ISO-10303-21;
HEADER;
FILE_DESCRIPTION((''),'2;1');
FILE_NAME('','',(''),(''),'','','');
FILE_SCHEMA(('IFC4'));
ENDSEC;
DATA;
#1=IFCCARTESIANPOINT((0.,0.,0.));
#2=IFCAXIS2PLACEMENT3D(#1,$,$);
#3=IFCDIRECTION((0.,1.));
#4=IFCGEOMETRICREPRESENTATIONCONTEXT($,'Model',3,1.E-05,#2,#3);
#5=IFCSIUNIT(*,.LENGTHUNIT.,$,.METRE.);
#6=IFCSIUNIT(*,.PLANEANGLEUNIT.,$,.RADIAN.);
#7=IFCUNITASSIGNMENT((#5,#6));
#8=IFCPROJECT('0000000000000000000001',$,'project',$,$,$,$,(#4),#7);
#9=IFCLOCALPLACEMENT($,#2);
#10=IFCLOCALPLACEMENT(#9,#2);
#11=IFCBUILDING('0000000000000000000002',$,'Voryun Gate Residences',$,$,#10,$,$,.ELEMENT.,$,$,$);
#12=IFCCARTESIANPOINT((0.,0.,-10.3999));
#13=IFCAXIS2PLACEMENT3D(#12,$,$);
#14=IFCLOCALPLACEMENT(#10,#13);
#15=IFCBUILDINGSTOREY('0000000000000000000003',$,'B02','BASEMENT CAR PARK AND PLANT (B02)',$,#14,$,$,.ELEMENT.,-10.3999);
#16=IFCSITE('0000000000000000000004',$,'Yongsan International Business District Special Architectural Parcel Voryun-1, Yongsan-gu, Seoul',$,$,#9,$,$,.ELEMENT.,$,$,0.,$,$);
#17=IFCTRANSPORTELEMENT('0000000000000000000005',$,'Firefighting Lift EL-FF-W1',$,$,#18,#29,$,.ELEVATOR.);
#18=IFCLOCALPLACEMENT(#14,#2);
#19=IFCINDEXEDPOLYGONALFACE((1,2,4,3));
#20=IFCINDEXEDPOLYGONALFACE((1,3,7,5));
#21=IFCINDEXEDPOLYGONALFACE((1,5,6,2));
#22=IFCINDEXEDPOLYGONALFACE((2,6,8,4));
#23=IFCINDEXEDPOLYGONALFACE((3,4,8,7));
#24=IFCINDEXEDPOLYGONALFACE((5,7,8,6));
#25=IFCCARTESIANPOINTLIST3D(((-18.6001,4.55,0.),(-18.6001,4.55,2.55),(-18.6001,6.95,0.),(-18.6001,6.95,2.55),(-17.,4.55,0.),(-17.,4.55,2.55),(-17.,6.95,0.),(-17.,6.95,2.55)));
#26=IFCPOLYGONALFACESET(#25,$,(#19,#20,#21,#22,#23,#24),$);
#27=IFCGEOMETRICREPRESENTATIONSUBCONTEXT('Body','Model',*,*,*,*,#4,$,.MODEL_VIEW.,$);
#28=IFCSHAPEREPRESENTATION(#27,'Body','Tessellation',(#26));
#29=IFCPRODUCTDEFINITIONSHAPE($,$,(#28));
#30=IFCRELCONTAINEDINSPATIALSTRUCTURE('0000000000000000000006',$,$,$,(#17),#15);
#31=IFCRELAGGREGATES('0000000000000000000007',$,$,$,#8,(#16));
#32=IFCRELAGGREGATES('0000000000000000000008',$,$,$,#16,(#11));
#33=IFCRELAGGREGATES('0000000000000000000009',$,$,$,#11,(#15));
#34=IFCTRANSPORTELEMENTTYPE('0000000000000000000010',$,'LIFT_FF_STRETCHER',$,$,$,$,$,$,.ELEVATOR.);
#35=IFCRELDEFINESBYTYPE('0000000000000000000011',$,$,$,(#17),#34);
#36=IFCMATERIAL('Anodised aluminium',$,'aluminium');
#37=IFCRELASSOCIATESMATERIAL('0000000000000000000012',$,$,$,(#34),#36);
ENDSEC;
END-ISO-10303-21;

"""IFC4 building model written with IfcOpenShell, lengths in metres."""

from ifc_helpers import new_model, si_unit, direction, frame, origin, origin_2d, place, context, subcontext, project, spatial, rectangle, extrude, material, type_object, element, save


model = new_model("IFC4")

# Units and contexts
model_context = context("Model", 3, precision=1e-05, world=origin(), true_north=direction((0.0, 1.0)))
body_context = subcontext(model_context, "Body", "Model", "MODEL_VIEW")
ifc_project = project(units=[si_unit("LENGTHUNIT", "METRE"), si_unit("PLANEANGLEUNIT", "RADIAN")], contexts=[model_context])

# Site, building, storey
site_placement = place(None, origin())
site = spatial("IfcSite", under=ifc_project, at=site_placement, Name="Yongsan International Business District Special Architectural Parcel Voryun-1, Yongsan-gu, Seoul", CompositionType="ELEMENT", RefElevation=0.0)
building_placement = place(site_placement, origin())
building = spatial("IfcBuilding", under=site, at=building_placement, Name="Voryun Gate Residences", CompositionType="ELEMENT")
storey_placement = place(building_placement, frame((0.0, 0.0, -10.3999)))
storey = spatial("IfcBuildingStorey", under=building, at=storey_placement, Name="B02", Description="BASEMENT CAR PARK AND PLANT (B02)", CompositionType="ELEMENT", Elevation=-10.3999)

# Transport element
ifc_material_1 = material(Name="Anodised aluminium", Category="aluminium")
transport_element_type = type_object("IfcTransportElementType", Name="LIFT_FF_STRETCHER", PredefinedType="ELEVATOR", material=ifc_material_1)
transport_element_placement = place(storey_placement, frame((-17.8, 5.75, 0.0), z_axis=(0.0, 0.0, 1.0), x_axis=(1.0, 0.0, 0.0)))
element("IfcTransportElement", 1, at=transport_element_placement, inside=storey, type_object=transport_element_type, Name="Firefighting Lift EL-FF-W1", PredefinedType="ELEVATOR", context=body_context, shape_type="SweptSolid", body=[
    extrude(rectangle(XDim=1.6001, YDim=2.3999, at=origin_2d()), origin(), (0.0, 0.0, 1.0), 2.55),
])

save(model, "model.ifc")
